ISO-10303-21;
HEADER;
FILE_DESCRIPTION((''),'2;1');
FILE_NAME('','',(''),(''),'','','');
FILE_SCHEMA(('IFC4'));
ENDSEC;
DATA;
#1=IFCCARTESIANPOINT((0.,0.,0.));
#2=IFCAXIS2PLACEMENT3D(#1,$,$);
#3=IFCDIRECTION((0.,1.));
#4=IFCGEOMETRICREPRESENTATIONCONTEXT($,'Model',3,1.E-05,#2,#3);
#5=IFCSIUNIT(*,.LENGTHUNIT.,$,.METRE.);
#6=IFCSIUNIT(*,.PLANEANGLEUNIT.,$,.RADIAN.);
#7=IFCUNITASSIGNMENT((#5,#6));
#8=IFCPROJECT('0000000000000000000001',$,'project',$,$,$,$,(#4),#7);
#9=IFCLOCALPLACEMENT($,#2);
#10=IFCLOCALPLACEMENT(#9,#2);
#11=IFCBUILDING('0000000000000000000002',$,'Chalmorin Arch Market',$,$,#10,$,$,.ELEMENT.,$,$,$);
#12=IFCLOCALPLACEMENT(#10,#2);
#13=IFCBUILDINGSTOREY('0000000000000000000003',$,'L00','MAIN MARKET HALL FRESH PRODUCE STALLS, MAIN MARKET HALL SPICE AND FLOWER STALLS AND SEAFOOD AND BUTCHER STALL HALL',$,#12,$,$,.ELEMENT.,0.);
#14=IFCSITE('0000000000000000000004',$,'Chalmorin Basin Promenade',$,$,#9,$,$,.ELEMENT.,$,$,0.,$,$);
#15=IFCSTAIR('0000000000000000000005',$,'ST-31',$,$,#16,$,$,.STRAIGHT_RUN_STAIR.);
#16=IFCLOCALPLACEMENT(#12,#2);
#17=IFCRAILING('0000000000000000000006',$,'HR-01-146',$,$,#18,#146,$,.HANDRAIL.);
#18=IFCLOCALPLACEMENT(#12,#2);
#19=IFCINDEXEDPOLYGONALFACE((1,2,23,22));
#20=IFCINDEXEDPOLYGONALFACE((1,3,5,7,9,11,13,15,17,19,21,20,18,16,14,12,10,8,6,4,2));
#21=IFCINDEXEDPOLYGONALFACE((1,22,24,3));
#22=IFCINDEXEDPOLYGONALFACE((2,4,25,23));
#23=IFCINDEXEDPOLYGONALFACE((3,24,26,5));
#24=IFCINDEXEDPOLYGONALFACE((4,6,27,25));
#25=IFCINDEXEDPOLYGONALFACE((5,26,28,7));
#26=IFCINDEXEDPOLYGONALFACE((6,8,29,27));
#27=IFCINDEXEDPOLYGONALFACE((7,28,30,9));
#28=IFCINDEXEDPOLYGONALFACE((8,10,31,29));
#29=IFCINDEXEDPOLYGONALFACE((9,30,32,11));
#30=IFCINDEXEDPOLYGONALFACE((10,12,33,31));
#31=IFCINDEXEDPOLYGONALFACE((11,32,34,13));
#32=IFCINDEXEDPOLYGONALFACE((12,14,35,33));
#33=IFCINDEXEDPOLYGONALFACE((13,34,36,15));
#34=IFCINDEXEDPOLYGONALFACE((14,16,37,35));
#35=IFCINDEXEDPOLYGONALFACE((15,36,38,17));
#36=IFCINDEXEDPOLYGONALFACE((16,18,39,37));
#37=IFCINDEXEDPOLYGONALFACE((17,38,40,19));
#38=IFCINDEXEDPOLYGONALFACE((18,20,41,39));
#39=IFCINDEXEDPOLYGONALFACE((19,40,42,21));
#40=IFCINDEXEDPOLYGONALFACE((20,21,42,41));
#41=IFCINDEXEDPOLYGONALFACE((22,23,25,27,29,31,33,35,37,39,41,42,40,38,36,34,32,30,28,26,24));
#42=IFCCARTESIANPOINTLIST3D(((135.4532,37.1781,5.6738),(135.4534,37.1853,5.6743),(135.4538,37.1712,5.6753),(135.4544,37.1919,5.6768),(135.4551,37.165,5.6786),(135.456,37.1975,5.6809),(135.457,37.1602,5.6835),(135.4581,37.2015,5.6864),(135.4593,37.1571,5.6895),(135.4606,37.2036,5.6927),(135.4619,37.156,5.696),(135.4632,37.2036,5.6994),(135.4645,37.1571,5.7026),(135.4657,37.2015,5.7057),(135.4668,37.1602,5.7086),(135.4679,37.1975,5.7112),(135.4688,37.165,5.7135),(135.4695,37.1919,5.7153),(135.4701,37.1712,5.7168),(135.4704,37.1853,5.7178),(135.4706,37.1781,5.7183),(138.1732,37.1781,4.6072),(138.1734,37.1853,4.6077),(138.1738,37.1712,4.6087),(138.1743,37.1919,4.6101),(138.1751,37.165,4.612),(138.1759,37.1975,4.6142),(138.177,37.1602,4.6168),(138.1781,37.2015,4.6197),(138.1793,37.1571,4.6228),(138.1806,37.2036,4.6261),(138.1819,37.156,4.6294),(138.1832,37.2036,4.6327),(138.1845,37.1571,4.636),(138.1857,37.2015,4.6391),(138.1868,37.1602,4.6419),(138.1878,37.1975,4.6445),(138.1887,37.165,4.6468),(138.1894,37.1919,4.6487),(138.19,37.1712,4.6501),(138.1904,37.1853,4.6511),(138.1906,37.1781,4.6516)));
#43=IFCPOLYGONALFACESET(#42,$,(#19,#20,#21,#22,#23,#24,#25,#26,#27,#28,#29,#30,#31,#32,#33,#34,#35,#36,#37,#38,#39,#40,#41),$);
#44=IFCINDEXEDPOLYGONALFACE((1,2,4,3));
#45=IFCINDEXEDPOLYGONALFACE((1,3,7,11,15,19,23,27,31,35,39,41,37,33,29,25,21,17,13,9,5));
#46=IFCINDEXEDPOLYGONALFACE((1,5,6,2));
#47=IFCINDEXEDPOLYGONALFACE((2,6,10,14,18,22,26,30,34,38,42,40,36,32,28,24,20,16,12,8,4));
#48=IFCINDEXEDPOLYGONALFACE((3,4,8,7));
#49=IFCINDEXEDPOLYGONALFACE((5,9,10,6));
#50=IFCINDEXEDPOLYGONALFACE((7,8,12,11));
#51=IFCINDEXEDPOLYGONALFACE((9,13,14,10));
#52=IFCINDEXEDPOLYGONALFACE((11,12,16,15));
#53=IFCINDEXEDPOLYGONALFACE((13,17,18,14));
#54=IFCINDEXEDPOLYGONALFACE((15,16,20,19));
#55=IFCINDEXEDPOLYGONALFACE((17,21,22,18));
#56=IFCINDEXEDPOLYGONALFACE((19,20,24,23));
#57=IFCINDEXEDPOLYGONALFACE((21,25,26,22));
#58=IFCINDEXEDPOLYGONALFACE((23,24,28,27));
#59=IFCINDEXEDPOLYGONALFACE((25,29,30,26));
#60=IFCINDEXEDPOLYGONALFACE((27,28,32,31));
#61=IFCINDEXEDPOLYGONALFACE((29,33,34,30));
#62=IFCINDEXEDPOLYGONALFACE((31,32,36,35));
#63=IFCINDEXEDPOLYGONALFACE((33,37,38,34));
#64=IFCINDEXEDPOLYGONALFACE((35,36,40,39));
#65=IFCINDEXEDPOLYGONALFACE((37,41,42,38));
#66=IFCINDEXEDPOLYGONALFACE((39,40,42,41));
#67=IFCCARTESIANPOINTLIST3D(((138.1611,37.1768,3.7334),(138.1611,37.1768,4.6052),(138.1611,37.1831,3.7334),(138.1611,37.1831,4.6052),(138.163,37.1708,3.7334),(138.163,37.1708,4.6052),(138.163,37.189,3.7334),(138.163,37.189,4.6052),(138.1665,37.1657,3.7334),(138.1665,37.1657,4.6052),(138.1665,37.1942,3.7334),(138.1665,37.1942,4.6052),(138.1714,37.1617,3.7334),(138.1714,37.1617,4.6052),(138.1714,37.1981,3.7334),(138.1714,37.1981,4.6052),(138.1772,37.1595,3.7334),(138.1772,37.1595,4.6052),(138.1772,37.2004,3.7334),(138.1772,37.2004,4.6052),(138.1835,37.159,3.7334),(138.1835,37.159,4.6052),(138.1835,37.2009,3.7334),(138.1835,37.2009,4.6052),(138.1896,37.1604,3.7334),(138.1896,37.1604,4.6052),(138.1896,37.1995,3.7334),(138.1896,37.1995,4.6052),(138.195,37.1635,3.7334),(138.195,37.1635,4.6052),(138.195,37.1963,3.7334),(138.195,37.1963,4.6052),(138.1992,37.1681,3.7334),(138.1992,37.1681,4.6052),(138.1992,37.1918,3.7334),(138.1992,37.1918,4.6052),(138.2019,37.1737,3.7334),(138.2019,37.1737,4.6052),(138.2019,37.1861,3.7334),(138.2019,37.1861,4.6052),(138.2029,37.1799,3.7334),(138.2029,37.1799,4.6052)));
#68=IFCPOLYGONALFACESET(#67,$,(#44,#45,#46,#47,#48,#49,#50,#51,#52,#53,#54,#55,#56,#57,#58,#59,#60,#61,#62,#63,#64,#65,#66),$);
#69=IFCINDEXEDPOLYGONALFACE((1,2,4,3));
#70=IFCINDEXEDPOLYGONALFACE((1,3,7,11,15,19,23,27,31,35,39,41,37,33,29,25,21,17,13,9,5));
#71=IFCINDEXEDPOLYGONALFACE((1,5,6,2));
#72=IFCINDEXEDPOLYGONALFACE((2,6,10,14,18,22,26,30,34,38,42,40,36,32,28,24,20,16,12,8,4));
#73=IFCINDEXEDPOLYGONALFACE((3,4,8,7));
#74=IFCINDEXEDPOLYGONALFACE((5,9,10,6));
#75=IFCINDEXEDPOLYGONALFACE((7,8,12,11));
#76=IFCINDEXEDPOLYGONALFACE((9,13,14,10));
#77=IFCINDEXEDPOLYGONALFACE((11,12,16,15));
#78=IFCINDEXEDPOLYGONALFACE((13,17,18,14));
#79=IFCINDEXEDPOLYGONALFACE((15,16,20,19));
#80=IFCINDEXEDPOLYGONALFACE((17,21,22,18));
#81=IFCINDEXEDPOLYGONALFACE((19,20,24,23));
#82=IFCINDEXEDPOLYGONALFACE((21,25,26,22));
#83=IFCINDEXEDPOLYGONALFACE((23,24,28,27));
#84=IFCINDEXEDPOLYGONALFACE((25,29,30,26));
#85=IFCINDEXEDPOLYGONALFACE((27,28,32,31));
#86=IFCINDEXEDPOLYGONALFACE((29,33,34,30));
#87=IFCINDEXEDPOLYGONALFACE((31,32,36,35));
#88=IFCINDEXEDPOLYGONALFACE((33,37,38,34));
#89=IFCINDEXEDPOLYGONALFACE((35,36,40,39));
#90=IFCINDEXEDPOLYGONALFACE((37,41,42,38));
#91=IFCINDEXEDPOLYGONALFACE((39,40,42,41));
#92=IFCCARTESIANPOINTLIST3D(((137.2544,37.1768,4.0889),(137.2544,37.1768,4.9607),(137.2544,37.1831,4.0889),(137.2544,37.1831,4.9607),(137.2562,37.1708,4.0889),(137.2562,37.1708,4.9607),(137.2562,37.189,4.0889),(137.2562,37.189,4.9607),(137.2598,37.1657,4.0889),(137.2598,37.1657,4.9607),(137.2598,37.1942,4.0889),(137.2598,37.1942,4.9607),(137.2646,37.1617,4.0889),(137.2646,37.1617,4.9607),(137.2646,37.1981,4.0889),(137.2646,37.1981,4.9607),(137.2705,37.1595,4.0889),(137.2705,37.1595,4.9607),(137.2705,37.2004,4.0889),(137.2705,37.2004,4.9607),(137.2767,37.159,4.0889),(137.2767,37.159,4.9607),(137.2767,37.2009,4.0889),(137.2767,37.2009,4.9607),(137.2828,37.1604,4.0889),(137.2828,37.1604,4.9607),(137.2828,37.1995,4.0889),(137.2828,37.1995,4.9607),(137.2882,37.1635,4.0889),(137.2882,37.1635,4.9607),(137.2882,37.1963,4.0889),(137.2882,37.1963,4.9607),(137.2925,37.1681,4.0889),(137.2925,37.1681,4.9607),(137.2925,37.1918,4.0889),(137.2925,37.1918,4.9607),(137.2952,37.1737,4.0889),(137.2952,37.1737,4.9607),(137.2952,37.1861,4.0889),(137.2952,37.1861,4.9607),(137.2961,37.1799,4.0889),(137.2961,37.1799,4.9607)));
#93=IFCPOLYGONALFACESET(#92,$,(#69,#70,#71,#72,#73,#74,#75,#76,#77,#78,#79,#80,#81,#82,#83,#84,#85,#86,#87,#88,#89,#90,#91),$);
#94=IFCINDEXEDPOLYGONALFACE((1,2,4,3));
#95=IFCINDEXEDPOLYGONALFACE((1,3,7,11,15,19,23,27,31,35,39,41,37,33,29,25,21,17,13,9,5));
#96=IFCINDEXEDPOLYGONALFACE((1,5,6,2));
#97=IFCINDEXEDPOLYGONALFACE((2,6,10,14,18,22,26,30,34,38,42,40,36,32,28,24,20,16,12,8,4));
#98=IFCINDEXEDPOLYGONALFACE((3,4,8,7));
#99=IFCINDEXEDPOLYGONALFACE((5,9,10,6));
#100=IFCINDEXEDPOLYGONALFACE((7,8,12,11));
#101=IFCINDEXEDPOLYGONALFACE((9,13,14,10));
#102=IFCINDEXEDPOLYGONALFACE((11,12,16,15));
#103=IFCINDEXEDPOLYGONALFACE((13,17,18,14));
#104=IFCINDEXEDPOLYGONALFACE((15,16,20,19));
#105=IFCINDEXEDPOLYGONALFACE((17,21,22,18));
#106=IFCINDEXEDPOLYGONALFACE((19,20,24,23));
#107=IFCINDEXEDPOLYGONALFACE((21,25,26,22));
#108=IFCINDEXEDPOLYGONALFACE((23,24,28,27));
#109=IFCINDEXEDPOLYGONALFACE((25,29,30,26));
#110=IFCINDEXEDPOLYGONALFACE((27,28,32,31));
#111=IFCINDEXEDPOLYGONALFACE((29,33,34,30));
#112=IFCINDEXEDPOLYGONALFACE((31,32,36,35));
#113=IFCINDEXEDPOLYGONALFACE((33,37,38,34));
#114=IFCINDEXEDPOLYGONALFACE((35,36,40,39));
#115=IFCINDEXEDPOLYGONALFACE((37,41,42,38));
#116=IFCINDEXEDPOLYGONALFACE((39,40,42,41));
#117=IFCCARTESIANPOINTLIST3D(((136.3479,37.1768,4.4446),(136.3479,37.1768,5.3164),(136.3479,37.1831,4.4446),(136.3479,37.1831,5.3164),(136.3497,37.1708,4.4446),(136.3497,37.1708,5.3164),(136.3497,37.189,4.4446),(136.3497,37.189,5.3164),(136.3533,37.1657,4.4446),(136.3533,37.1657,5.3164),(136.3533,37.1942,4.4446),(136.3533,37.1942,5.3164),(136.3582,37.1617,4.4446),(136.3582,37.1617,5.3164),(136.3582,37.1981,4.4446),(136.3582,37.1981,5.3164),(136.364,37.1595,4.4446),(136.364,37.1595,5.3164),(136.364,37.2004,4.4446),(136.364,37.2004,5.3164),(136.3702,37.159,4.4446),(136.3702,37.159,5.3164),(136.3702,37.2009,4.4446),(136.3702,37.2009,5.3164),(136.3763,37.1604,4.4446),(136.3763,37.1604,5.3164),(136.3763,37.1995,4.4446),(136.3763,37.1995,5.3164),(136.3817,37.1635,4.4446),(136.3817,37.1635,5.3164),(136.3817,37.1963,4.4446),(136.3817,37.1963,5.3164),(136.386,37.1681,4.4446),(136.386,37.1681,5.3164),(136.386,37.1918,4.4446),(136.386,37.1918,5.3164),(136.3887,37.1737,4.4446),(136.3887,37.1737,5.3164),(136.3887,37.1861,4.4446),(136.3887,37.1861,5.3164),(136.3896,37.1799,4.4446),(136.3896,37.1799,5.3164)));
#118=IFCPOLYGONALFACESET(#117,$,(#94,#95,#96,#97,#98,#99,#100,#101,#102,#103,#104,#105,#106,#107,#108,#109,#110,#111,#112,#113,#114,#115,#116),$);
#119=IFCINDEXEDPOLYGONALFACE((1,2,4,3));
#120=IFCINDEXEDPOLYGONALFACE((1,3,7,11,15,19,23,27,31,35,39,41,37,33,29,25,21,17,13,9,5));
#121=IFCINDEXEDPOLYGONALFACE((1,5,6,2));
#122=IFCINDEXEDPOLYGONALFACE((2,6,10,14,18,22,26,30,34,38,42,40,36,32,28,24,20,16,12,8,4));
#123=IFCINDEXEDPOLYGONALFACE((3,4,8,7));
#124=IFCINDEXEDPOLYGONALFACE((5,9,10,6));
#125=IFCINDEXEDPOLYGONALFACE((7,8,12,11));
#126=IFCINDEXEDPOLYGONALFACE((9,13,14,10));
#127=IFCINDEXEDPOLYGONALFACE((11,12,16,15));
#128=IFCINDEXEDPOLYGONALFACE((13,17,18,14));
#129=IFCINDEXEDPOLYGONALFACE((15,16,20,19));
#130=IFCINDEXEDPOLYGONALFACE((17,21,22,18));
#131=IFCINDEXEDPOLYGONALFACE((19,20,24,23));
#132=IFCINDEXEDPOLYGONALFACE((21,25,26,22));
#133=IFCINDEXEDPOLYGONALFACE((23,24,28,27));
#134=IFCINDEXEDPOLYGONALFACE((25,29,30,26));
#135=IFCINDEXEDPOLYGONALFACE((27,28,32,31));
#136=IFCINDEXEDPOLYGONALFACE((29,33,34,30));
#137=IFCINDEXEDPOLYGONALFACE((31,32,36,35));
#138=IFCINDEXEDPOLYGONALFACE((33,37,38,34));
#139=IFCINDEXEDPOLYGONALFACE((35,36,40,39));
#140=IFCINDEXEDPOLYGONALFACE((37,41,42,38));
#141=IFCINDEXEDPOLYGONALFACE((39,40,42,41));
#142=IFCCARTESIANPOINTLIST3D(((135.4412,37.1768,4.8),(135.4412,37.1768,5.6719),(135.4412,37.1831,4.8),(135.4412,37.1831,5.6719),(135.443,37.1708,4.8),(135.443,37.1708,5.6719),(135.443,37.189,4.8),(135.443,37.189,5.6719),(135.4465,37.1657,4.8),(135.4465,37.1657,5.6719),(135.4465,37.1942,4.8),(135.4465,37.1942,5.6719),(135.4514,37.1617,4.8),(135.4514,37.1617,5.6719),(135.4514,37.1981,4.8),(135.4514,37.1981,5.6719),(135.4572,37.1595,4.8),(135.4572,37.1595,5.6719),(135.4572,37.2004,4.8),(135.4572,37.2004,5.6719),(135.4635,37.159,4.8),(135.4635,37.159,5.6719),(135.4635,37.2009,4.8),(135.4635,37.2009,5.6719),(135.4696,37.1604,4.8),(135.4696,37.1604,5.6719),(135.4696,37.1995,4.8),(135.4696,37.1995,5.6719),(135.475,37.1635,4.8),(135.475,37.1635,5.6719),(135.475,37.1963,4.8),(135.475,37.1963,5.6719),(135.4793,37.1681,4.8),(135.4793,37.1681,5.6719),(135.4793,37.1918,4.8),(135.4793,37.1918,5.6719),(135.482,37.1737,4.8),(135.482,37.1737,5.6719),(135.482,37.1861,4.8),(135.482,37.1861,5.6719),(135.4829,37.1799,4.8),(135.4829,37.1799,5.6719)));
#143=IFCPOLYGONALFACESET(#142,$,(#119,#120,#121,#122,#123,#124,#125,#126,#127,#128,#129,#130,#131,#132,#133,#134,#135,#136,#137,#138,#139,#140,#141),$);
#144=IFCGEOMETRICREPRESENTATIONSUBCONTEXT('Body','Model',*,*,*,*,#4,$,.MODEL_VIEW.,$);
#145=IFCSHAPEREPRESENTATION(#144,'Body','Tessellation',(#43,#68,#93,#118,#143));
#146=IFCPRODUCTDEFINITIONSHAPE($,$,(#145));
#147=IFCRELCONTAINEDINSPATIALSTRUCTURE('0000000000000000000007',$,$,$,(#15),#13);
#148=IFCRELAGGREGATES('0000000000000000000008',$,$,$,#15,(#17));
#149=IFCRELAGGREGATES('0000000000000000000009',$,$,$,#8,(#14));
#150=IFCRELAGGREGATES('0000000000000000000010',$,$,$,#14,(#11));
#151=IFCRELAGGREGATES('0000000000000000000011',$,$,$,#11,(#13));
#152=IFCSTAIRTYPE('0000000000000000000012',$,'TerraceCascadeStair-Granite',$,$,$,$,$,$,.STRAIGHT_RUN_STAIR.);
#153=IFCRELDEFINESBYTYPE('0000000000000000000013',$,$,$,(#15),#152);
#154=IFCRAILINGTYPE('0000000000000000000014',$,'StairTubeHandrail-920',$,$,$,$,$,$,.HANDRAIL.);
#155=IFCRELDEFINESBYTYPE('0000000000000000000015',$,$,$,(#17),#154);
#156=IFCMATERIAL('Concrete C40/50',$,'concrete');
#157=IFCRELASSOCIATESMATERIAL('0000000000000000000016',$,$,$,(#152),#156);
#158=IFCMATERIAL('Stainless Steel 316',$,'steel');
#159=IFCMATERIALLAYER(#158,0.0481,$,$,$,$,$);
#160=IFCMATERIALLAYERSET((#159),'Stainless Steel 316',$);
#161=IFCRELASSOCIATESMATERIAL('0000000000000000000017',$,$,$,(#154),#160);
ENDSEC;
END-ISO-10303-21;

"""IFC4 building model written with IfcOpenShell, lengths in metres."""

from ifc_helpers import new_model, si_unit, direction, frame, origin, origin_2d, place, context, subcontext, project, spatial, circle, extrude, material, layer, layer_set, type_object, element, aggregate, save


model = new_model("IFC4")

# Units and contexts
model_context = context("Model", 3, precision=1e-05, world=origin(), true_north=direction((0.0, 1.0)))
body_context = subcontext(model_context, "Body", "Model", "MODEL_VIEW")
ifc_project = project(units=[si_unit("LENGTHUNIT", "METRE"), si_unit("PLANEANGLEUNIT", "RADIAN")], contexts=[model_context])

# Site, building, storey
site_placement = place(None, origin())
site = spatial("IfcSite", under=ifc_project, at=site_placement, Name="Chalmorin Basin Promenade", CompositionType="ELEMENT", RefElevation=0.0)
building_placement = place(site_placement, origin())
building = spatial("IfcBuilding", under=site, at=building_placement, Name="Chalmorin Arch Market", CompositionType="ELEMENT")
storey_placement = place(building_placement, origin())
storey = spatial("IfcBuildingStorey", under=building, at=storey_placement, Name="L00", Description="MAIN MARKET HALL FRESH PRODUCE STALLS, MAIN MARKET HALL SPICE AND FLOWER STALLS AND SEAFOOD AND BUTCHER STALL HALL", CompositionType="ELEMENT", Elevation=0.0)

# Shared definitions
ifc_material_1 = material(Name="Concrete C40/50", Category="concrete")

# Stair
stair_type = type_object("IfcStairType", Name="TerraceCascadeStair-Granite", PredefinedType="STRAIGHT_RUN_STAIR", material=ifc_material_1)
stair_placement = place(storey_placement, origin())
stair = element("IfcStair", 1, at=stair_placement, inside=storey, type_object=stair_type, Name="ST-31", PredefinedType="STRAIGHT_RUN_STAIR")

# Railing
ifc_material_2 = material(Name="Stainless Steel 316", Category="steel")
ifc_layer_1 = layer(ifc_material_2, 0.0481)
ifc_layer_set_1 = layer_set([ifc_layer_1], Name="Stainless Steel 316")
railing_type = type_object("IfcRailingType", Name="StairTubeHandrail-920", PredefinedType="HANDRAIL", material=ifc_layer_set_1)
railing_1_placement = place(storey_placement, frame((138.1819, 37.1799, 3.7334)))
railing_1 = element("IfcRailing", 2, at=railing_1_placement, type_object=railing_type, Name="HR-01-146", PredefinedType="HANDRAIL", context=body_context, shape_type="SweptSolid", body=[
    extrude(circle(Radius=0.0239, at=origin_2d()), frame((0.0, 0.0, 0.896), z_axis=(-0.930974, 0.0, 0.365086), x_axis=(0.0, -1.0, 0.0)), (0.0, 0.0, 1.0), 2.9216),
    extrude(circle(Radius=0.021, at=origin_2d()), origin(), (0.0, 0.0, 1.0), 0.8718),
    extrude(circle(Radius=0.021, at=origin_2d()), frame((-0.9067, 0.0, 0.3555)), (0.0, 0.0, 1.0), 0.8718),
    extrude(circle(Radius=0.021, at=origin_2d()), frame((-1.8132, 0.0, 0.7112)), (0.0, 0.0, 1.0), 0.8718),
    extrude(circle(Radius=0.021, at=origin_2d()), frame((-2.72, 0.0, 1.0667)), (0.0, 0.0, 1.0), 0.8718),
])
aggregate(stair, [railing_1])

save(model, "model.ifc")
